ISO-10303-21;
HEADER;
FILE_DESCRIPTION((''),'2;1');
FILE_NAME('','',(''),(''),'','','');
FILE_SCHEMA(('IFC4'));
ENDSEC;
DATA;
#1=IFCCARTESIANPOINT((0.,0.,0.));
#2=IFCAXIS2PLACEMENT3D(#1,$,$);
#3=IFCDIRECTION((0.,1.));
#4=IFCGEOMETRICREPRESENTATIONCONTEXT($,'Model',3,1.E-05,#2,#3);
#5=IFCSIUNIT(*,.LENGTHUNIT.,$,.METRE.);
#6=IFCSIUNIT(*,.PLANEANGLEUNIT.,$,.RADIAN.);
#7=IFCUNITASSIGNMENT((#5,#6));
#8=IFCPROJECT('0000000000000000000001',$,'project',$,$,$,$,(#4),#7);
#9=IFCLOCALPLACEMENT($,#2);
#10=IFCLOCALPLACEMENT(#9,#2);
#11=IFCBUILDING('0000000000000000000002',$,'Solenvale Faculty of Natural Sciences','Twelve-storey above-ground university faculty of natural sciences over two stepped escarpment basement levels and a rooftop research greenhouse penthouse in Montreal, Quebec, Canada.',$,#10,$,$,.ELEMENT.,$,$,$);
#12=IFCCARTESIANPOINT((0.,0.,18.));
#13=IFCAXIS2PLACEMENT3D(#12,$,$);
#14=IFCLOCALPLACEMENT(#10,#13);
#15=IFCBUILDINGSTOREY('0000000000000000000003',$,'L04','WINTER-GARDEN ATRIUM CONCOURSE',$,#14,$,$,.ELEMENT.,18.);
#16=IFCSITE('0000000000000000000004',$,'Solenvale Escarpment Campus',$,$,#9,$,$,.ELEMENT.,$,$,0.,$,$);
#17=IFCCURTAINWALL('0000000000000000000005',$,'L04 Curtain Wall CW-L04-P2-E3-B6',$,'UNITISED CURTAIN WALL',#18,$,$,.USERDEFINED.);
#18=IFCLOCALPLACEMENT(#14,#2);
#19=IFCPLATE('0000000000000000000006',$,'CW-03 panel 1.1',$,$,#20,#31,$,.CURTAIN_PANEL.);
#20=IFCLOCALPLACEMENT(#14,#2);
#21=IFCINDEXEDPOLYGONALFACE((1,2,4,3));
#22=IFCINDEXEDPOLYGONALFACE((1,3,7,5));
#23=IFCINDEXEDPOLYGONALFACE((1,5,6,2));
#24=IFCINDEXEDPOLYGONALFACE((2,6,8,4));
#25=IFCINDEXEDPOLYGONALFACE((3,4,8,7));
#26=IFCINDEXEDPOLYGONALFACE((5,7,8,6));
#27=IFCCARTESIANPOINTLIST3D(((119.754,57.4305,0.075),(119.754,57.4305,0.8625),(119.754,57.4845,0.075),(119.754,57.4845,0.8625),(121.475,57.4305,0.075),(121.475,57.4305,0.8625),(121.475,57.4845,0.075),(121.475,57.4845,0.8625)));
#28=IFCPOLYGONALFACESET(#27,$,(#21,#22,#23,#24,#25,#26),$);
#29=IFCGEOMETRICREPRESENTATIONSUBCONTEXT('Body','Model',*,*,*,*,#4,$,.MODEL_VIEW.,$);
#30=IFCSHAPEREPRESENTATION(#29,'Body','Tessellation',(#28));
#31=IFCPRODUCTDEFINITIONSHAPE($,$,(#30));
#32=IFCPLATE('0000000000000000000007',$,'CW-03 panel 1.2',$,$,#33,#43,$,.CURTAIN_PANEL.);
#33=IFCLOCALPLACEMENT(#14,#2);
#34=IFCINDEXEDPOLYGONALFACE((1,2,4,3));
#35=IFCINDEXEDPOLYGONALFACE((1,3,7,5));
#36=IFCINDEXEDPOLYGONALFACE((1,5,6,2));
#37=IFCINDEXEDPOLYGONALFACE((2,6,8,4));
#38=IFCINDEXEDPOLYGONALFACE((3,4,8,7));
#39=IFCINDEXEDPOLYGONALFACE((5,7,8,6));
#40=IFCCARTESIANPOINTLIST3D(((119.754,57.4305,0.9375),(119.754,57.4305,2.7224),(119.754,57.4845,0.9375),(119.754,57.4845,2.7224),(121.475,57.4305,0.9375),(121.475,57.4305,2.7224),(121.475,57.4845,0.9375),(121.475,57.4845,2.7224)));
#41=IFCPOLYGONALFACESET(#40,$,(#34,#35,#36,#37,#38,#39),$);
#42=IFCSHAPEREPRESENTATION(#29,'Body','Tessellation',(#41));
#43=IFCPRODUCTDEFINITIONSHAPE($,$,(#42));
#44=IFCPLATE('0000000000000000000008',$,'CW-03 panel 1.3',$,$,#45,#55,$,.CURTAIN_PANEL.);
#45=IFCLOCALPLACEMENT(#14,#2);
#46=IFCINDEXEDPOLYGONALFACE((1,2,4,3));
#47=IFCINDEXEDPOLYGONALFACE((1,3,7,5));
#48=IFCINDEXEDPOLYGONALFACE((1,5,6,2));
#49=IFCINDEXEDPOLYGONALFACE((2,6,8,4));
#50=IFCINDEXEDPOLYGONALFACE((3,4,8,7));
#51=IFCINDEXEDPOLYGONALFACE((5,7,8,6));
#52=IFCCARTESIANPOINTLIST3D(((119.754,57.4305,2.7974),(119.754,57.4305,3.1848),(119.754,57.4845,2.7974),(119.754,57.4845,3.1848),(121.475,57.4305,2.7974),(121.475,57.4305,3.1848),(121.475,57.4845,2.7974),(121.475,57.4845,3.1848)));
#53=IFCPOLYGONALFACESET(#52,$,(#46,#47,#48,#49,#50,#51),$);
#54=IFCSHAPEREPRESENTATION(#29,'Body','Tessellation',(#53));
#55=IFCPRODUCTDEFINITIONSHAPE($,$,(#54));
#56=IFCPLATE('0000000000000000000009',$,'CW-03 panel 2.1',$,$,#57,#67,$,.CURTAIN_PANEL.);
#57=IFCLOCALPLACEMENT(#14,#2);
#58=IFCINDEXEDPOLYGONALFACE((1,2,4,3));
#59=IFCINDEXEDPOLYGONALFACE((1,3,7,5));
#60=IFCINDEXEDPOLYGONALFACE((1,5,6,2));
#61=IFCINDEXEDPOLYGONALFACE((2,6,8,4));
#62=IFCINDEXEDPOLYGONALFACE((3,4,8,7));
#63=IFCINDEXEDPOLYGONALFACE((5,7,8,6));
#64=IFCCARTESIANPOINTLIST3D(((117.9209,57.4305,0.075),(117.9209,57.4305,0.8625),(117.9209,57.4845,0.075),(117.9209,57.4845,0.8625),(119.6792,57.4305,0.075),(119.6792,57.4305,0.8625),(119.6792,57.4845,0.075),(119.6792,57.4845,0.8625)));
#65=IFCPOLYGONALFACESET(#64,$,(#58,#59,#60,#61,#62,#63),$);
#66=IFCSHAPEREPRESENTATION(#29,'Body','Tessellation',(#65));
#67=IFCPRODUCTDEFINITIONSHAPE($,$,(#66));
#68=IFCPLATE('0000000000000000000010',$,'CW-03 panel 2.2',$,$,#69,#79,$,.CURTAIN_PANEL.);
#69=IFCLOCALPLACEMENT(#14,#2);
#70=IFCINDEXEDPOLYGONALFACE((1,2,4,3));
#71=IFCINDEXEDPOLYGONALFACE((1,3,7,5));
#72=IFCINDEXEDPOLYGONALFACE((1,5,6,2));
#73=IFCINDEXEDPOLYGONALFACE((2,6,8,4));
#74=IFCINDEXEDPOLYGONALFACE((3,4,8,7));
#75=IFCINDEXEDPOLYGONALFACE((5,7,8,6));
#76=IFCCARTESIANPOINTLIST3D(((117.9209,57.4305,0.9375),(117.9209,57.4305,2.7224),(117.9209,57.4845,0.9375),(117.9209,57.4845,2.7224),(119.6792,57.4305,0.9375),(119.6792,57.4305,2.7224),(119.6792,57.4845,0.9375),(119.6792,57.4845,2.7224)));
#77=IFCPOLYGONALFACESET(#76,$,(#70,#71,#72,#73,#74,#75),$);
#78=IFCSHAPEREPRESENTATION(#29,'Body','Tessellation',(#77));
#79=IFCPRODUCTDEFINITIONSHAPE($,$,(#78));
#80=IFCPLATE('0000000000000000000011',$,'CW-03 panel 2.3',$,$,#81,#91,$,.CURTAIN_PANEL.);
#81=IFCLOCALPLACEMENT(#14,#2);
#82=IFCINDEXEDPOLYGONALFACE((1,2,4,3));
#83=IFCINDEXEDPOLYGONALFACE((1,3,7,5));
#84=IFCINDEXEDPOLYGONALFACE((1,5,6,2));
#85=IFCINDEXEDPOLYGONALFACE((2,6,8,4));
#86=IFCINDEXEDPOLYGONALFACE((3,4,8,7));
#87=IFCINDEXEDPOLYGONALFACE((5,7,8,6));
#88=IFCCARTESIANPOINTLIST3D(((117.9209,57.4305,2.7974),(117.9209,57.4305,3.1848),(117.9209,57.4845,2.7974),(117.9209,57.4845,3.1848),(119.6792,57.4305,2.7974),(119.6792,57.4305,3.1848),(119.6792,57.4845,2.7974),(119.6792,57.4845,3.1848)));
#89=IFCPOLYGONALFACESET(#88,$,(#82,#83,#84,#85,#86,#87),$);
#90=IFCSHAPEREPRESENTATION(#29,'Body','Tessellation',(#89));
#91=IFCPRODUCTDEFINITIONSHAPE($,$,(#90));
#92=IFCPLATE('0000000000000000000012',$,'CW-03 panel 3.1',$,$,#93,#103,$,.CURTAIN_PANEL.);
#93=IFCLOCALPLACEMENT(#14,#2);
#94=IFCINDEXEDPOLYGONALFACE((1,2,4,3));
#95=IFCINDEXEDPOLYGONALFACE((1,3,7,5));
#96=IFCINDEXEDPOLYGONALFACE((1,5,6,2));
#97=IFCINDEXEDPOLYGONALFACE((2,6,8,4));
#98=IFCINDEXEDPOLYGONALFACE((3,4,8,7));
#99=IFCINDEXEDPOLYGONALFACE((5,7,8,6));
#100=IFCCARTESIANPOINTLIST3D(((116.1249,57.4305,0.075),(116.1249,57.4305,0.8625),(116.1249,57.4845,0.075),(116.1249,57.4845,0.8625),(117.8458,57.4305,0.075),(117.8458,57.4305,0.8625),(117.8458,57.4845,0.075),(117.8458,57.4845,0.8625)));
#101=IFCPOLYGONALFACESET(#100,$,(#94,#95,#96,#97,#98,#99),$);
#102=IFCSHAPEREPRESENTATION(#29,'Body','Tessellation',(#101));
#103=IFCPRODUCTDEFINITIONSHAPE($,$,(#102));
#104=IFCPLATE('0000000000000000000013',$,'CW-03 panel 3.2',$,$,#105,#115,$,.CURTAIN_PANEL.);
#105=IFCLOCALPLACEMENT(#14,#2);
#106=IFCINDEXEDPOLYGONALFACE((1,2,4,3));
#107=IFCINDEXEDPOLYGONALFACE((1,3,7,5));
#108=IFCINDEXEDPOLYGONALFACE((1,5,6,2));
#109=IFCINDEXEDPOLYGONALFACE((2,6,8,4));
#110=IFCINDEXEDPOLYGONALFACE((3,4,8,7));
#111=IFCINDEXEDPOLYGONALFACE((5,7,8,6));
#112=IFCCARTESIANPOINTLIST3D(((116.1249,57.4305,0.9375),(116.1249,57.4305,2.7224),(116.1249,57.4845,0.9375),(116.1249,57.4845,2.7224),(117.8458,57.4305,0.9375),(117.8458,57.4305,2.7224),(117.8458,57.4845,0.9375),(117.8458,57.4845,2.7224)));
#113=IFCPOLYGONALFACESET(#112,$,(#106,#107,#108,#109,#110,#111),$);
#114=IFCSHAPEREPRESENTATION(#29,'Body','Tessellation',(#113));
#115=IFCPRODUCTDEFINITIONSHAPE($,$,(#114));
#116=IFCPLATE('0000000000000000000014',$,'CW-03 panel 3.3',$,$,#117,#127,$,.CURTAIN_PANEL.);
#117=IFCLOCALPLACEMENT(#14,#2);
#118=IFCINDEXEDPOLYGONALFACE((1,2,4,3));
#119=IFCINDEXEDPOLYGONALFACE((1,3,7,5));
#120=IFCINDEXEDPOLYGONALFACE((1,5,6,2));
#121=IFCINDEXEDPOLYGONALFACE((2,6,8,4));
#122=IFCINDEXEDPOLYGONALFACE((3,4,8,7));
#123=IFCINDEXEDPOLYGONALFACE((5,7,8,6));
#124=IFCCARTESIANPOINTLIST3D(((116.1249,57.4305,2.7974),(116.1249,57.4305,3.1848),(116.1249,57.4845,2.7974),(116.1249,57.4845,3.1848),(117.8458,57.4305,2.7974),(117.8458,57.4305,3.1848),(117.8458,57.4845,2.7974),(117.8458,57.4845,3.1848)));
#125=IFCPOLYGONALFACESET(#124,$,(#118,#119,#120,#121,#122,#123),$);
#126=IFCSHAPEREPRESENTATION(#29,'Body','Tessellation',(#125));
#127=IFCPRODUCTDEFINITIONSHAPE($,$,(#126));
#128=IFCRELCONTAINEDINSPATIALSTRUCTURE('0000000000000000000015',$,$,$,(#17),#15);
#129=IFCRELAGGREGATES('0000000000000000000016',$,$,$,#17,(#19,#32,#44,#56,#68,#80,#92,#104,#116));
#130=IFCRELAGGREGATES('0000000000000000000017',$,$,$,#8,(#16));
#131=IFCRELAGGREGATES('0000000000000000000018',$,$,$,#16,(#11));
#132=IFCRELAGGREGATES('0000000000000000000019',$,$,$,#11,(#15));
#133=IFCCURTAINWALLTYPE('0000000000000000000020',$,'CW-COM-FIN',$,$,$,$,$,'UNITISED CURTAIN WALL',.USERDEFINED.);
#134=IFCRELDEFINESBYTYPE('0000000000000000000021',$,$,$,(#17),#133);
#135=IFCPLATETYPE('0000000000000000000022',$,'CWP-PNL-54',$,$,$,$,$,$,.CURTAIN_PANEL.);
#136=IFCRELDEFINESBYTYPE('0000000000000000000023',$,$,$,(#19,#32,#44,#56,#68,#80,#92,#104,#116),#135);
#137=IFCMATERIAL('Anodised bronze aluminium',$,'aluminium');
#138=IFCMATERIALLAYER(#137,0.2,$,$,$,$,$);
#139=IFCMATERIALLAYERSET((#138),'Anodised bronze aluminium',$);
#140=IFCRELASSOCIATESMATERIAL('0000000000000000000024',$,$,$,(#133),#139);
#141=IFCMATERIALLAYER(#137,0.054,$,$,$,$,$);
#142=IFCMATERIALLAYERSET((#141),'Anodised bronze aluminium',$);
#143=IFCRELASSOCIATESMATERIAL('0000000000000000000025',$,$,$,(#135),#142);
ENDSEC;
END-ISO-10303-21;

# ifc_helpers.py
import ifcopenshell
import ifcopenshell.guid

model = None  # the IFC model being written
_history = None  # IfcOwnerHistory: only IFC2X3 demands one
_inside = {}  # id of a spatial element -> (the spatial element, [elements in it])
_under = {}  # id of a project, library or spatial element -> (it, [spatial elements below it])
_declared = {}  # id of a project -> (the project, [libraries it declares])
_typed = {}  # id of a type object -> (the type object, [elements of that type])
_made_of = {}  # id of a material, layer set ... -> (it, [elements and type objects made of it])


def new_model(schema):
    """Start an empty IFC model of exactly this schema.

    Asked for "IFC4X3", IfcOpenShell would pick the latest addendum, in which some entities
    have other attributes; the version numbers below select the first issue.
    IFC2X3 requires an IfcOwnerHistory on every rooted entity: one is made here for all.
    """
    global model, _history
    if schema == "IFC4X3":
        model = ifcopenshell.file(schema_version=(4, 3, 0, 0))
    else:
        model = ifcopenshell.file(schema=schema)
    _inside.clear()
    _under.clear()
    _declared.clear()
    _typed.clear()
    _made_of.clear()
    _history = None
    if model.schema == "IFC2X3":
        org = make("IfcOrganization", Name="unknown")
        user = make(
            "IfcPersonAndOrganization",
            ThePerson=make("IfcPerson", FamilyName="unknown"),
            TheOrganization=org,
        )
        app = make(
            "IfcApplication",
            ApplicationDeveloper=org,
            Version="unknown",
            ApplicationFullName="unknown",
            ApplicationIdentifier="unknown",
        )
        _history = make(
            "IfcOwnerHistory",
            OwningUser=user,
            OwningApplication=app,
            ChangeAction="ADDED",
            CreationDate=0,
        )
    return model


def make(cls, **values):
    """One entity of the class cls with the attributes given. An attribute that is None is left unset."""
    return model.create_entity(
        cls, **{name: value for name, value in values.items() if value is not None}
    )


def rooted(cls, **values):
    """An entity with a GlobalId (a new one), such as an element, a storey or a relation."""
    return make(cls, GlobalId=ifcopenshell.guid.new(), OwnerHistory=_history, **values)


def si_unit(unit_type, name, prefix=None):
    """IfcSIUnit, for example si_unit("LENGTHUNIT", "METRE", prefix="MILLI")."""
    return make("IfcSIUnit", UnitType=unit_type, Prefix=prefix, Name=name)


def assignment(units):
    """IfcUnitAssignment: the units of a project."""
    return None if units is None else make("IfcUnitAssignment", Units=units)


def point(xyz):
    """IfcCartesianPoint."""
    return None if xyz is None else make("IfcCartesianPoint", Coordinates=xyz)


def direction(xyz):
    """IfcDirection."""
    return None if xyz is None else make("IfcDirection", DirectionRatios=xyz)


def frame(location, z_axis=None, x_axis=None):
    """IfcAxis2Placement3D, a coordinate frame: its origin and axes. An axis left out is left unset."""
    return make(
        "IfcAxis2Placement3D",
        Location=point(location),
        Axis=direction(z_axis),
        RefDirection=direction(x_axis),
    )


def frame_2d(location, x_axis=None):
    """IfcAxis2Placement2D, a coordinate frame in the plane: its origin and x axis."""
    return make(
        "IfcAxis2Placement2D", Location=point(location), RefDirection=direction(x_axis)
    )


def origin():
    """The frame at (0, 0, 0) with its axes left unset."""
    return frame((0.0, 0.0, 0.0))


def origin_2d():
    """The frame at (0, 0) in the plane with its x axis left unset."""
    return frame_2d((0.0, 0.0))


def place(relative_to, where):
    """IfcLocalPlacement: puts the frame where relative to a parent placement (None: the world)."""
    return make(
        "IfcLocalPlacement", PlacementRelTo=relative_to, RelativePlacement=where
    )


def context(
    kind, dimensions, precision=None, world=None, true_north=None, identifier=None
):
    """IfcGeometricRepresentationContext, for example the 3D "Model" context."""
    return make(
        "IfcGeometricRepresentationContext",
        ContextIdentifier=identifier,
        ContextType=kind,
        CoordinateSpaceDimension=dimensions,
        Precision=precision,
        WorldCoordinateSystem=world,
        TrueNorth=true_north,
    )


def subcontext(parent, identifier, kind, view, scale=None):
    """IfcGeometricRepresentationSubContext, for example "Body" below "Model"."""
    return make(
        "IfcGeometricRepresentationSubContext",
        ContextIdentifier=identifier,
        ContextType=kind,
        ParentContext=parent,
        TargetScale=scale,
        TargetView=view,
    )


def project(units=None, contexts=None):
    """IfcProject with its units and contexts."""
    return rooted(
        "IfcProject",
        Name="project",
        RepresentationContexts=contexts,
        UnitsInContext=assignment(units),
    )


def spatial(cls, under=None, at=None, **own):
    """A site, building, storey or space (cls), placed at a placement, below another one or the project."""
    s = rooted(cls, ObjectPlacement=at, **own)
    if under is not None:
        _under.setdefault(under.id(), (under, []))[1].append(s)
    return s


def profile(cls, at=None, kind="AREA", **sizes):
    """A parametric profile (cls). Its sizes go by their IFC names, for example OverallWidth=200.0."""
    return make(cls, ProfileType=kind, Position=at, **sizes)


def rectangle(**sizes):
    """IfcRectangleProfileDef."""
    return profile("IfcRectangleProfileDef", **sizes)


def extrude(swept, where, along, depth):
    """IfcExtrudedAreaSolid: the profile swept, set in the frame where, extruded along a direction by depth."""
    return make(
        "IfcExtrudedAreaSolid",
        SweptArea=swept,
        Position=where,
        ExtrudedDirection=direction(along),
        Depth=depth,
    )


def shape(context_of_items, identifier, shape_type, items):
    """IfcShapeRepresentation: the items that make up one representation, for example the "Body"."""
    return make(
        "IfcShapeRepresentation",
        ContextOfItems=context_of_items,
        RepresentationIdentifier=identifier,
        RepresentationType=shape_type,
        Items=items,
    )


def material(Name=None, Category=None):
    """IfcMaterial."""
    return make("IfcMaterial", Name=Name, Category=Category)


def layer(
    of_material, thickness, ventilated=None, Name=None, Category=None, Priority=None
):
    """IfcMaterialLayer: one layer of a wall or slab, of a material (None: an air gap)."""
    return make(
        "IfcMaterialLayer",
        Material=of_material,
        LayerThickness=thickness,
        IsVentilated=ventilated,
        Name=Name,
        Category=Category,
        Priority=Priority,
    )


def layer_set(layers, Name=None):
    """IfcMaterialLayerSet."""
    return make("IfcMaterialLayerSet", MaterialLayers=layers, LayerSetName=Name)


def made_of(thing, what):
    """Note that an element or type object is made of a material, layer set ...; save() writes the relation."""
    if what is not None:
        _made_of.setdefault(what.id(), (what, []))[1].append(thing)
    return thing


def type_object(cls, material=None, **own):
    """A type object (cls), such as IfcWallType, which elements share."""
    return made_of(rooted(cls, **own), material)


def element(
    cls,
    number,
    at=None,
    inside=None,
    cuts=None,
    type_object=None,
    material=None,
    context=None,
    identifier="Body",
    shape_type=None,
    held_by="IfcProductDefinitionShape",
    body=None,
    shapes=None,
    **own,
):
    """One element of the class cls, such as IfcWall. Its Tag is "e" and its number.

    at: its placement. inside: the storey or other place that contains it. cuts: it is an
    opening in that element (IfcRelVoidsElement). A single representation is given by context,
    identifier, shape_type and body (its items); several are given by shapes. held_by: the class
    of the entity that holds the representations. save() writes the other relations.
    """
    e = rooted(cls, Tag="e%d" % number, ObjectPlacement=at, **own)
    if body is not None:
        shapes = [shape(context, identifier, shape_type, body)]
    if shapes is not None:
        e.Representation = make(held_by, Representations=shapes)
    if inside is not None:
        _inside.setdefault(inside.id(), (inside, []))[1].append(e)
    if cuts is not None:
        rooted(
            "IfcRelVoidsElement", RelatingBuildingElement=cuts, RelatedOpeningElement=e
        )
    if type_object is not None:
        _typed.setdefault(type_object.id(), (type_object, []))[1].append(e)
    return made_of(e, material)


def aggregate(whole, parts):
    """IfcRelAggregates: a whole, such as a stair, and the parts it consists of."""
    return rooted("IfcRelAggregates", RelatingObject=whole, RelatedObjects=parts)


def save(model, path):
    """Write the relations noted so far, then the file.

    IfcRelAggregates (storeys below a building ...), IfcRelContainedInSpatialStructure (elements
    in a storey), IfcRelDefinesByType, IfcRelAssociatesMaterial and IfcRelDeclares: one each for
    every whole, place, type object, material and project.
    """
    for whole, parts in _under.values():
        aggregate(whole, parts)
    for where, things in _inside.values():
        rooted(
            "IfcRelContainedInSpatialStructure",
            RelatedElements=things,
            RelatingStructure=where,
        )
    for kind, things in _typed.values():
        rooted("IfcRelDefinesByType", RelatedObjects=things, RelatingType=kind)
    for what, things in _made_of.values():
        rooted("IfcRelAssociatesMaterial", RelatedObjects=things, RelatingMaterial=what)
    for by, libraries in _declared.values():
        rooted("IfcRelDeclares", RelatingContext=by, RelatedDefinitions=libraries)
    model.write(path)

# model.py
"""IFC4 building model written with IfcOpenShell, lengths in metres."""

from ifc_helpers import new_model, si_unit, direction, frame, origin, origin_2d, place, context, subcontext, project, spatial, rectangle, extrude, material, layer, layer_set, type_object, element, aggregate, save


model = new_model("IFC4")

# Units and contexts
model_context = context("Model", 3, precision=1e-05, world=origin(), true_north=direction((0.0, 1.0)))
body_context = subcontext(model_context, "Body", "Model", "MODEL_VIEW")
ifc_project = project(units=[si_unit("LENGTHUNIT", "METRE"), si_unit("PLANEANGLEUNIT", "RADIAN")], contexts=[model_context])

# Site, building, storey
site_placement = place(None, origin())
site = spatial("IfcSite", under=ifc_project, at=site_placement, Name="Solenvale Escarpment Campus", CompositionType="ELEMENT", RefElevation=0.0)
building_placement = place(site_placement, origin())
building = spatial("IfcBuilding", under=site, at=building_placement, Name="Solenvale Faculty of Natural Sciences", Description="Twelve-storey above-ground university faculty of natural sciences over two stepped escarpment basement levels and a rooftop research greenhouse penthouse in Montreal, Quebec, Canada.", CompositionType="ELEMENT")
storey_placement = place(building_placement, frame((0.0, 0.0, 18.0)))
storey = spatial("IfcBuildingStorey", under=building, at=storey_placement, Name="L04", Description="WINTER-GARDEN ATRIUM CONCOURSE", CompositionType="ELEMENT", Elevation=18.0)

# Curtain wall, plates
ifc_material = material(Name="Anodised bronze aluminium", Category="aluminium")
ifc_layer_1 = layer(ifc_material, 0.2)
ifc_layer_set_1 = layer_set([ifc_layer_1], Name="Anodised bronze aluminium")
curtain_wall_type = type_object("IfcCurtainWallType", Name="CW-COM-FIN", ElementType="UNITISED CURTAIN WALL", PredefinedType="USERDEFINED", material=ifc_layer_set_1)
curtain_wall_placement = place(storey_placement, origin())
curtain_wall = element("IfcCurtainWall", 1, at=curtain_wall_placement, inside=storey, type_object=curtain_wall_type, Name="L04 Curtain Wall CW-L04-P2-E3-B6", ObjectType="UNITISED CURTAIN WALL", PredefinedType="USERDEFINED")
ifc_layer_2 = layer(ifc_material, 0.054)
ifc_layer_set_2 = layer_set([ifc_layer_2], Name="Anodised bronze aluminium")
plate_type = type_object("IfcPlateType", Name="CWP-PNL-54", PredefinedType="CURTAIN_PANEL", material=ifc_layer_set_2)
plate_1_placement = place(storey_placement, frame((120.6145, 57.4575, 0.075), z_axis=(0.0, 0.0, 1.0), x_axis=(-1.0, 0.0, 0.0)))
plate_1 = element("IfcPlate", 2, at=plate_1_placement, type_object=plate_type, Name="CW-03 panel 1.1", PredefinedType="CURTAIN_PANEL", context=body_context, shape_type="SweptSolid", body=[
    extrude(rectangle(XDim=1.7209, YDim=0.054, at=origin_2d()), origin(), (0.0, 0.0, 1.0), 0.7876),
])
plate_2_placement = place(storey_placement, frame((120.6145, 57.4575, 0.9375), z_axis=(0.0, 0.0, 1.0), x_axis=(-1.0, 0.0, 0.0)))
plate_2 = element("IfcPlate", 3, at=plate_2_placement, type_object=plate_type, Name="CW-03 panel 1.2", PredefinedType="CURTAIN_PANEL", context=body_context, shape_type="SweptSolid", body=[
    extrude(rectangle(XDim=1.7209, YDim=0.054, at=origin_2d()), origin(), (0.0, 0.0, 1.0), 1.7849),
])
plate_3_placement = place(storey_placement, frame((120.6145, 57.4575, 2.7974), z_axis=(0.0, 0.0, 1.0), x_axis=(-1.0, 0.0, 0.0)))
plate_3 = element("IfcPlate", 4, at=plate_3_placement, type_object=plate_type, Name="CW-03 panel 1.3", PredefinedType="CURTAIN_PANEL", context=body_context, shape_type="SweptSolid", body=[
    extrude(rectangle(XDim=1.7209, YDim=0.054, at=origin_2d()), origin(), (0.0, 0.0, 1.0), 0.3875),
])
plate_4_placement = place(storey_placement, frame((118.8, 57.4575, 0.075), z_axis=(0.0, 0.0, 1.0), x_axis=(-1.0, 0.0, 0.0)))
plate_4 = element("IfcPlate", 5, at=plate_4_placement, type_object=plate_type, Name="CW-03 panel 2.1", PredefinedType="CURTAIN_PANEL", context=body_context, shape_type="SweptSolid", body=[
    extrude(rectangle(XDim=1.7583, YDim=0.054, at=origin_2d()), origin(), (0.0, 0.0, 1.0), 0.7876),
])
plate_5_placement = place(storey_placement, frame((118.8, 57.4575, 0.9375), z_axis=(0.0, 0.0, 1.0), x_axis=(-1.0, 0.0, 0.0)))
plate_5 = element("IfcPlate", 6, at=plate_5_placement, type_object=plate_type, Name="CW-03 panel 2.2", PredefinedType="CURTAIN_PANEL", context=body_context, shape_type="SweptSolid", body=[
    extrude(rectangle(XDim=1.7583, YDim=0.054, at=origin_2d()), origin(), (0.0, 0.0, 1.0), 1.7849),
])
plate_6_placement = place(storey_placement, frame((118.8, 57.4575, 2.7974), z_axis=(0.0, 0.0, 1.0), x_axis=(-1.0, 0.0, 0.0)))
plate_6 = element("IfcPlate", 7, at=plate_6_placement, type_object=plate_type, Name="CW-03 panel 2.3", PredefinedType="CURTAIN_PANEL", context=body_context, shape_type="SweptSolid", body=[
    extrude(rectangle(XDim=1.7583, YDim=0.054, at=origin_2d()), origin(), (0.0, 0.0, 1.0), 0.3875),
])
plate_7_placement = place(storey_placement, frame((116.9854, 57.4575, 0.075), z_axis=(0.0, 0.0, 1.0), x_axis=(-1.0, 0.0, 0.0)))
plate_7 = element("IfcPlate", 8, at=plate_7_placement, type_object=plate_type, Name="CW-03 panel 3.1", PredefinedType="CURTAIN_PANEL", context=body_context, shape_type="SweptSolid", body=[
    extrude(rectangle(XDim=1.7209, YDim=0.054, at=origin_2d()), origin(), (0.0, 0.0, 1.0), 0.7876),
])
plate_8_placement = place(storey_placement, frame((116.9854, 57.4575, 0.9375), z_axis=(0.0, 0.0, 1.0), x_axis=(-1.0, 0.0, 0.0)))
plate_8 = element("IfcPlate", 9, at=plate_8_placement, type_object=plate_type, Name="CW-03 panel 3.2", PredefinedType="CURTAIN_PANEL", context=body_context, shape_type="SweptSolid", body=[
    extrude(rectangle(XDim=1.7209, YDim=0.054, at=origin_2d()), origin(), (0.0, 0.0, 1.0), 1.7849),
])
plate_9_placement = place(storey_placement, frame((116.9854, 57.4575, 2.7974), z_axis=(0.0, 0.0, 1.0), x_axis=(-1.0, 0.0, 0.0)))
plate_9 = element("IfcPlate", 10, at=plate_9_placement, type_object=plate_type, Name="CW-03 panel 3.3", PredefinedType="CURTAIN_PANEL", context=body_context, shape_type="SweptSolid", body=[
    extrude(rectangle(XDim=1.7209, YDim=0.054, at=origin_2d()), origin(), (0.0, 0.0, 1.0), 0.3875),
])
aggregate(curtain_wall, [plate_1, plate_2, plate_3, plate_4, plate_5, plate_6, plate_7, plate_8, plate_9])

save(model, "model.ifc")
